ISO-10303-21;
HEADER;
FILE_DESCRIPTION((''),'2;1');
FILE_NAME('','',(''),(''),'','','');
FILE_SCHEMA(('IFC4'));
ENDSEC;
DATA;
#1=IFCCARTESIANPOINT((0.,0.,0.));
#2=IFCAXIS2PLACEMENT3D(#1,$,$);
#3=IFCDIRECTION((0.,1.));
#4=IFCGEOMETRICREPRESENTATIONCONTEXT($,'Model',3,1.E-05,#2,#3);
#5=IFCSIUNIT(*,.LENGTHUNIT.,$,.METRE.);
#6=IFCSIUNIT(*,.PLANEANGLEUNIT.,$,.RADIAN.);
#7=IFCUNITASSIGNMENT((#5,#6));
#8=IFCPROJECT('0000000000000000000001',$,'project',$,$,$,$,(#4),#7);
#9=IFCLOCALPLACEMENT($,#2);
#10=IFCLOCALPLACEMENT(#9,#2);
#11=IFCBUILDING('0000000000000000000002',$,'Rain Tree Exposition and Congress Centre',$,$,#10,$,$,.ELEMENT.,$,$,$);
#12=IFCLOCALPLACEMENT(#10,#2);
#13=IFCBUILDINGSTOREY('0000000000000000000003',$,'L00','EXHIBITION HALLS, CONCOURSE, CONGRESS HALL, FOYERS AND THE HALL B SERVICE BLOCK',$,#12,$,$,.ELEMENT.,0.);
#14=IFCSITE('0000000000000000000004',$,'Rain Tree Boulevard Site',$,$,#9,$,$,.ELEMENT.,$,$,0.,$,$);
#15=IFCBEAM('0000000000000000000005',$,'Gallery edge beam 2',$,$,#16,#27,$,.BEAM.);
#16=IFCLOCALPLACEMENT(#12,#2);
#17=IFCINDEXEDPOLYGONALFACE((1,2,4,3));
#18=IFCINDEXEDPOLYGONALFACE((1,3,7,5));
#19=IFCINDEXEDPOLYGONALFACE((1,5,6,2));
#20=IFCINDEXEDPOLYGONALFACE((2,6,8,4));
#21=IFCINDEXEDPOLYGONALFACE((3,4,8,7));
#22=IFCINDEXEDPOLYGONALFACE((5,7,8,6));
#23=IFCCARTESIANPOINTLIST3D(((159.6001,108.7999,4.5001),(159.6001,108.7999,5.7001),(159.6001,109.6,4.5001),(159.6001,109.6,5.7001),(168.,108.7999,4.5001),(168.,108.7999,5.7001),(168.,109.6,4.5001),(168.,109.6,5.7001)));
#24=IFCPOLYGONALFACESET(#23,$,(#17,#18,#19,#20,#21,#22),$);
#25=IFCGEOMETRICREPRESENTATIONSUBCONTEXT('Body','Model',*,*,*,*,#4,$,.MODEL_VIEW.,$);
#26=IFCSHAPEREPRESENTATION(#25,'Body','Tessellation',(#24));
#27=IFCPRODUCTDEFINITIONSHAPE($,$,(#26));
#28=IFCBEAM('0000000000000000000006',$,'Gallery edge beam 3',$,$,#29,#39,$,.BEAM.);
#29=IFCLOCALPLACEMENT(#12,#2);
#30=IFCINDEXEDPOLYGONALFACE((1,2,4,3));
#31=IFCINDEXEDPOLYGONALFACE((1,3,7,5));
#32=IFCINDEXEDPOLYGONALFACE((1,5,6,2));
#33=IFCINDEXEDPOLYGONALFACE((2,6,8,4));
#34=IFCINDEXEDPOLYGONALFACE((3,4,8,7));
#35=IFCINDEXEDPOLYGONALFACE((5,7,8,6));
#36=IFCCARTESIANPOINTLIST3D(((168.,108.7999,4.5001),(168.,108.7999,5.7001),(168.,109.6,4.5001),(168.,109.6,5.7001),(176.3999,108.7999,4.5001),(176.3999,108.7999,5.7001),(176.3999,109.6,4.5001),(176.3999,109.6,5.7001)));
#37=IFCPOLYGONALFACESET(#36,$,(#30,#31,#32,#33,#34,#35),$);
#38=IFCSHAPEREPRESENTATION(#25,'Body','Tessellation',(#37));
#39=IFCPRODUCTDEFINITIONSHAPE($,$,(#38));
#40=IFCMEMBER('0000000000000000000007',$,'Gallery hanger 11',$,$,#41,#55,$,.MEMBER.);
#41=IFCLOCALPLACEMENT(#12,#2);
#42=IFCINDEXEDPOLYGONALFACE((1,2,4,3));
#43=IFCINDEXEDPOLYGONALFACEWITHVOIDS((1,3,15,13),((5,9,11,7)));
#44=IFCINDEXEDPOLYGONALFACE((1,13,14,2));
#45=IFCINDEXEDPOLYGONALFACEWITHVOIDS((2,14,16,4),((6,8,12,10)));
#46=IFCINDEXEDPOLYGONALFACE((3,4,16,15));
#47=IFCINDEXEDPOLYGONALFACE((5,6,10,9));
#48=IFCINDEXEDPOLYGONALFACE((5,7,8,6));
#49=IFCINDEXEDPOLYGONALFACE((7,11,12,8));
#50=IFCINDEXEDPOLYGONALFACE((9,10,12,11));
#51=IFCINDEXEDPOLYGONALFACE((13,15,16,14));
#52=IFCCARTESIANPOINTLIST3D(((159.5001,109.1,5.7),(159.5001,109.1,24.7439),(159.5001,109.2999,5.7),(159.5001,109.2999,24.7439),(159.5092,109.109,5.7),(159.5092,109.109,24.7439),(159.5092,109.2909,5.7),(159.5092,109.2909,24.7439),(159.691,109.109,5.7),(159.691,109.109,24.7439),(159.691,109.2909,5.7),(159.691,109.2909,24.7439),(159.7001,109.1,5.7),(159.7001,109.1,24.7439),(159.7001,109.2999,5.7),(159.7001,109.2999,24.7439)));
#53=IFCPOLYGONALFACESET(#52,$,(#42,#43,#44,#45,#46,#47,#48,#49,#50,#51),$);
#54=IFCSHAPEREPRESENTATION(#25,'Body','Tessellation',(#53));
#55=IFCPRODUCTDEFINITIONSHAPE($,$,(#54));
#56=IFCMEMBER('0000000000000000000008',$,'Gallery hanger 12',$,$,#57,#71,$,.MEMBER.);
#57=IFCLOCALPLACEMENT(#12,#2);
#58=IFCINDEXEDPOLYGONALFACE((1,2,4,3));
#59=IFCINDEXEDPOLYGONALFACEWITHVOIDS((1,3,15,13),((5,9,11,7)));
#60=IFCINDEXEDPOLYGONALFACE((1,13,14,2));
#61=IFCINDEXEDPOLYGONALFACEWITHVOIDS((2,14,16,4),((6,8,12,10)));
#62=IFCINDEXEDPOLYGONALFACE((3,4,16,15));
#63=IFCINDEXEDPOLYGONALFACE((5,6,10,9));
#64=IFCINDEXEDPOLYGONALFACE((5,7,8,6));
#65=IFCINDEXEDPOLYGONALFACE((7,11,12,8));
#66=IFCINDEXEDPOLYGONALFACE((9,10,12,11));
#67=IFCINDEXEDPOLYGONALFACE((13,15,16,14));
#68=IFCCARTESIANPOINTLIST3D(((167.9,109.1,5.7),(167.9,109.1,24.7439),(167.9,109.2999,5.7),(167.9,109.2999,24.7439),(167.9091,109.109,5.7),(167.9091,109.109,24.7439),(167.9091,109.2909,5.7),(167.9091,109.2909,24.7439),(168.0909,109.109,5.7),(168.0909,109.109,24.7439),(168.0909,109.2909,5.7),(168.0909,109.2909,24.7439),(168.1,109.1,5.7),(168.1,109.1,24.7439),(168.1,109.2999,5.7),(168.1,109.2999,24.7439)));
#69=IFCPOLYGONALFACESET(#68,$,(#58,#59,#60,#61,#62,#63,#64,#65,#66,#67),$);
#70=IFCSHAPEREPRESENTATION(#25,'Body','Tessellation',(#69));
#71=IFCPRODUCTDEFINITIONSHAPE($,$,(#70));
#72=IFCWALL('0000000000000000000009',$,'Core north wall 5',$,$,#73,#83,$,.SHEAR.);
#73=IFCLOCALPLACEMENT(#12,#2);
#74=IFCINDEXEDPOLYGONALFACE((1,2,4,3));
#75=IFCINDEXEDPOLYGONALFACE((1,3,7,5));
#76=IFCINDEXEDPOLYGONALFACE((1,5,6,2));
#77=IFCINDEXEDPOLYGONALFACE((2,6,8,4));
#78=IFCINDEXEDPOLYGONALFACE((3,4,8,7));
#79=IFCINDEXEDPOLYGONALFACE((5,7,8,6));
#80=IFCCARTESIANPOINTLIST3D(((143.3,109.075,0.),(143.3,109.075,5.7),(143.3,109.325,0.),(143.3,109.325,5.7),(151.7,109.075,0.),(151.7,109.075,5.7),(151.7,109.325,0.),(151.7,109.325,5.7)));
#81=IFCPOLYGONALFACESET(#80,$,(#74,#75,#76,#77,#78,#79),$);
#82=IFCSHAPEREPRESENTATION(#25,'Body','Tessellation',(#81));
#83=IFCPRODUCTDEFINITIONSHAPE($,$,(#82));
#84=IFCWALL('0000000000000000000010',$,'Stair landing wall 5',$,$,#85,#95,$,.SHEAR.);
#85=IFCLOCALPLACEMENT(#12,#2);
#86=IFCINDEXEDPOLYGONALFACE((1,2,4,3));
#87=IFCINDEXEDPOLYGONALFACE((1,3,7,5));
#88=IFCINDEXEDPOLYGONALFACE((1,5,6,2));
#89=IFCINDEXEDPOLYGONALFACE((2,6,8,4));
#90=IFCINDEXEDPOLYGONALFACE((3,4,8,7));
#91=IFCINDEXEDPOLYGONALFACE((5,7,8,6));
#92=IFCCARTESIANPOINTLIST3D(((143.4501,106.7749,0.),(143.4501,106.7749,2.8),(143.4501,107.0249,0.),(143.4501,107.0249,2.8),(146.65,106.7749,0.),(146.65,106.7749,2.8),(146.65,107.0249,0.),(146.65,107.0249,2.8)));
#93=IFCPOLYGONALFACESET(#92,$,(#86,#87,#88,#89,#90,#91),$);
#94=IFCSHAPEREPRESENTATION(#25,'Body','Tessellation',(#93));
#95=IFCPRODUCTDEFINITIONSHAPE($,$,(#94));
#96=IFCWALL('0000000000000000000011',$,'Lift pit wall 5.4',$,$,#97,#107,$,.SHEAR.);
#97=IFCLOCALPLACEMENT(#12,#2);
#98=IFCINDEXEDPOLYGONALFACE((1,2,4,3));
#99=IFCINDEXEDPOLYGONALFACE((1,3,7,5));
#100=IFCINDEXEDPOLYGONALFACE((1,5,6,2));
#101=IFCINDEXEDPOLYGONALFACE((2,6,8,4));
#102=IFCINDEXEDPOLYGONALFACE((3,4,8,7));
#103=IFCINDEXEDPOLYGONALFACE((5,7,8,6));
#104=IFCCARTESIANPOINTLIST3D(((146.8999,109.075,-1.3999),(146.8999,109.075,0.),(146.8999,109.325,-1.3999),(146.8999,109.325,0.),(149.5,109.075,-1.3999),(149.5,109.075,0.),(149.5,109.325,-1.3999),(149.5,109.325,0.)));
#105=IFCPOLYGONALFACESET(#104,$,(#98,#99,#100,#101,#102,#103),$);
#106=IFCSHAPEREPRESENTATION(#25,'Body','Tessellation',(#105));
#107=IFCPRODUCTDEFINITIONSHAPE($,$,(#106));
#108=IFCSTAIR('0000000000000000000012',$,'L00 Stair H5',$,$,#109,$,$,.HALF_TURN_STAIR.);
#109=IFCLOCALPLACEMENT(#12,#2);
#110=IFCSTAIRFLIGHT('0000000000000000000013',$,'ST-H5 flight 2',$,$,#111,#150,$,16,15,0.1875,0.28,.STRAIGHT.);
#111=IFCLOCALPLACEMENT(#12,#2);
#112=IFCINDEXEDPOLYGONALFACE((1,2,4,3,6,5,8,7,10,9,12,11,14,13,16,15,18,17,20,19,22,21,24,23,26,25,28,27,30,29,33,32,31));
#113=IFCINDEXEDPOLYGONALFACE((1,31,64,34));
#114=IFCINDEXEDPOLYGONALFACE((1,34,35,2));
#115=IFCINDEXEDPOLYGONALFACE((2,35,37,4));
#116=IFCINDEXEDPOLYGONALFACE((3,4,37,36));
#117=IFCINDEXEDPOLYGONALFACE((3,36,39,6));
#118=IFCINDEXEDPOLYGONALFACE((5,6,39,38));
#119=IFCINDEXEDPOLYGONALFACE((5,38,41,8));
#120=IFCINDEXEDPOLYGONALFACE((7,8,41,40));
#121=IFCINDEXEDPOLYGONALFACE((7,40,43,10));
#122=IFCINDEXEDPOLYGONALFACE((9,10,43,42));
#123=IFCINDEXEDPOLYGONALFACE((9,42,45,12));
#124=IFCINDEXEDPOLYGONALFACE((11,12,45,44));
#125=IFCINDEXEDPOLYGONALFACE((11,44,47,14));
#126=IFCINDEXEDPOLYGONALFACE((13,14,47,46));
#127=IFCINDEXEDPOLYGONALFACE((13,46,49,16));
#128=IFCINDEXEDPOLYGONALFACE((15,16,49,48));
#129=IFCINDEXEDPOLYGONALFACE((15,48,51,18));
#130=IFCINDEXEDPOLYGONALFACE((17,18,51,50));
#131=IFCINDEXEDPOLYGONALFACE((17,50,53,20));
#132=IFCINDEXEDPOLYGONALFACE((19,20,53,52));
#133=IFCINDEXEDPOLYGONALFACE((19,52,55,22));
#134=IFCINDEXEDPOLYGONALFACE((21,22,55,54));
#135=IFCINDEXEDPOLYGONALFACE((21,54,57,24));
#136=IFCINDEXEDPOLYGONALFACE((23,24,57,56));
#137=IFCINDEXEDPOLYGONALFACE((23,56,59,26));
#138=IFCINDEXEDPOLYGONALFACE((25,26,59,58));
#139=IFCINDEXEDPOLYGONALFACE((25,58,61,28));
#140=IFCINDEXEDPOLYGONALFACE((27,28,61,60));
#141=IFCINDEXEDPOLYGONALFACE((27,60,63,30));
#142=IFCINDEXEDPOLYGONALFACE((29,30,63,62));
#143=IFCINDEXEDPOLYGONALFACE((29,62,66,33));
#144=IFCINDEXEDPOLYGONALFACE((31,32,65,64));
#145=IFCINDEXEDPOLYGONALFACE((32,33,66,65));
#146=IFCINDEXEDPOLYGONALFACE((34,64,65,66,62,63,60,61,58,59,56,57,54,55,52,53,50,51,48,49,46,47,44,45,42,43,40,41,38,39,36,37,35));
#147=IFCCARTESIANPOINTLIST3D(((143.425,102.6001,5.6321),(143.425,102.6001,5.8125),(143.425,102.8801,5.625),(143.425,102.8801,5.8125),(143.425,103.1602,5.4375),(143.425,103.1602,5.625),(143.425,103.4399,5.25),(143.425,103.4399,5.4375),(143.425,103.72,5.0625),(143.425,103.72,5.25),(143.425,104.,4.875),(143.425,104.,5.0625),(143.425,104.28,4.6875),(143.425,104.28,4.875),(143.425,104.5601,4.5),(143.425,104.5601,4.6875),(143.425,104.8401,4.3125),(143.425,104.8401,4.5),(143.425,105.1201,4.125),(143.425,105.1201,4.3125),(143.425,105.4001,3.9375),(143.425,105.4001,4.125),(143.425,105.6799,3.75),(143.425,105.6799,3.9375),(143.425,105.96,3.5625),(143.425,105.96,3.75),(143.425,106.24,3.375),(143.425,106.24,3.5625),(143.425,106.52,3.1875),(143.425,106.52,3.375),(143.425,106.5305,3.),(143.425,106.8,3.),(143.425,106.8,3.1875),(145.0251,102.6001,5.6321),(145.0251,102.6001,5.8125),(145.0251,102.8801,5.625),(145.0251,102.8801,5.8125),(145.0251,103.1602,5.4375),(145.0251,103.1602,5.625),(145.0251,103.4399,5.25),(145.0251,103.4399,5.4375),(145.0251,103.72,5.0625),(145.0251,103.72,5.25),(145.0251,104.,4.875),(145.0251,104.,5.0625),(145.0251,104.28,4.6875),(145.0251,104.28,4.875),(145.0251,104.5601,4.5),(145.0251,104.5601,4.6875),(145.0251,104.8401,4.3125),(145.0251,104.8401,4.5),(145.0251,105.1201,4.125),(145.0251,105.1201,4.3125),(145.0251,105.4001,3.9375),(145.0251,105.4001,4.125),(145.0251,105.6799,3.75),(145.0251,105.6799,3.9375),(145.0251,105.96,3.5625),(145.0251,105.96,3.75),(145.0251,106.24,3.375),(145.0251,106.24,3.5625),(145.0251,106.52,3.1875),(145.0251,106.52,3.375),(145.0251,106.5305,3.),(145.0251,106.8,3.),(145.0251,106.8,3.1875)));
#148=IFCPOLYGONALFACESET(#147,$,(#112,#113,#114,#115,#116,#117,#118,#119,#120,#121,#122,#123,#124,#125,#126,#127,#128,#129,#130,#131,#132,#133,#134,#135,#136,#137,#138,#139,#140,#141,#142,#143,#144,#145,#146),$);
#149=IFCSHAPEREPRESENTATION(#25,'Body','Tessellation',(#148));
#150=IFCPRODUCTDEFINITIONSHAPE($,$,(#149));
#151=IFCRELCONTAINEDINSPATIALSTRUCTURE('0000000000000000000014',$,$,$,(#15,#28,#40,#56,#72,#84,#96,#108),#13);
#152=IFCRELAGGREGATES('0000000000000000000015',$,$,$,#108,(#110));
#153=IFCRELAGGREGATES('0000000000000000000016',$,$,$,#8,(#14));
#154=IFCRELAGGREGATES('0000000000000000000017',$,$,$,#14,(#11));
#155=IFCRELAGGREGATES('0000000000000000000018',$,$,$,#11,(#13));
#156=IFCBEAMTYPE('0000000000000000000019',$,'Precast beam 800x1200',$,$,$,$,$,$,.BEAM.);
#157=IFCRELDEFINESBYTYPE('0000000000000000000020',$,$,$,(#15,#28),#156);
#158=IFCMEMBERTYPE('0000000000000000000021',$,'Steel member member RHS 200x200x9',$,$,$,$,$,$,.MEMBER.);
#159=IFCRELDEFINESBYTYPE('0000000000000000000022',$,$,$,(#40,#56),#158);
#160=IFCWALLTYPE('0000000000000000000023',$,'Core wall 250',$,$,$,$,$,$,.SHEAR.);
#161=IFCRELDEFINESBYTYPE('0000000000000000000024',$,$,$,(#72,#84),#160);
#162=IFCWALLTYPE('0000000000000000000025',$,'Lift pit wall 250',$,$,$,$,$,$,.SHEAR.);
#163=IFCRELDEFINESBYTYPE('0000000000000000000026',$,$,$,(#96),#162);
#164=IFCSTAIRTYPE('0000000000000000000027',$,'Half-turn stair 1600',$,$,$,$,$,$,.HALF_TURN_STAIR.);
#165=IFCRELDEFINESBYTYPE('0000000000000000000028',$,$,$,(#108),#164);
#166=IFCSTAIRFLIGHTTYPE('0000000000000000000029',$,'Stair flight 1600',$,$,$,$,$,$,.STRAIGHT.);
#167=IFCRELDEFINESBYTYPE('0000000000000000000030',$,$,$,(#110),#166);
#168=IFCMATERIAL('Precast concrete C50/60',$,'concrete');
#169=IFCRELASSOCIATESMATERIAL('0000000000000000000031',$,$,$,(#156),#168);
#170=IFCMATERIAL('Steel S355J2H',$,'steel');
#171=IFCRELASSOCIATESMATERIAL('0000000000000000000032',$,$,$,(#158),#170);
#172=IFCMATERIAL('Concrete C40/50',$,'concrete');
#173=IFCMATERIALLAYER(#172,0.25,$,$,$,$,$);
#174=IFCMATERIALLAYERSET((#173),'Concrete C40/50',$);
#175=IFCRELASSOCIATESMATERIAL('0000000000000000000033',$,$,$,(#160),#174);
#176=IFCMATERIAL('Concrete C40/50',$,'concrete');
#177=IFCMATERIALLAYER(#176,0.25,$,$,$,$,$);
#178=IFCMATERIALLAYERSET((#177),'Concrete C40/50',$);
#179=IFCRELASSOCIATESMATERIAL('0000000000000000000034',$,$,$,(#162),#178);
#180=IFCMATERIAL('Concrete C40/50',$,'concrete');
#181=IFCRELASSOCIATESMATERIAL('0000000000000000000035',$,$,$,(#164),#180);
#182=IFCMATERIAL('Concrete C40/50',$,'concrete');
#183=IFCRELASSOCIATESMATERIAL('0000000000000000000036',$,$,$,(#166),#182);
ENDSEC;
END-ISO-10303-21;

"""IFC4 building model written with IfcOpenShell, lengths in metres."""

from ifc_helpers import new_model, si_unit, direction, frame, frame_2d, origin, origin_2d, place, context, subcontext, project, spatial, polyline, rectangle, hollow_rectangle, outline, extrude, material, layer, layer_set, material_profile, profile_set, type_object, element, aggregate, save


model = new_model("IFC4")

# Units and contexts
model_context = context("Model", 3, precision=1e-05, world=origin(), true_north=direction((0.0, 1.0)))
body_context = subcontext(model_context, "Body", "Model", "MODEL_VIEW")
ifc_project = project(units=[si_unit("LENGTHUNIT", "METRE"), si_unit("PLANEANGLEUNIT", "RADIAN")], contexts=[model_context])

# Site, building, storey
site_placement = place(None, origin())
site = spatial("IfcSite", under=ifc_project, at=site_placement, Name="Rain Tree Boulevard Site", CompositionType="ELEMENT", RefElevation=0.0)
building_placement = place(site_placement, origin())
building = spatial("IfcBuilding", under=site, at=building_placement, Name="Rain Tree Exposition and Congress Centre", CompositionType="ELEMENT")
storey_placement = place(building_placement, origin())
storey = spatial("IfcBuildingStorey", under=building, at=storey_placement, Name="L00", Description="EXHIBITION HALLS, CONCOURSE, CONGRESS HALL, FOYERS AND THE HALL B SERVICE BLOCK", CompositionType="ELEMENT", Elevation=0.0)

# Beams
ifc_material_1 = material(Name="Precast concrete C50/60", Category="concrete")
ifc_material_profile_1 = material_profile(ifc_material_1, rectangle(XDim=0.8, YDim=1.2, at=origin_2d()), Name="RC 800x1200")
ifc_profile_set_1 = profile_set([ifc_material_profile_1], Name="Precast concrete C50/60")
beam_type = type_object("IfcBeamType", Name="Precast beam 800x1200", PredefinedType="BEAM", material=ifc_profile_set_1)
for number, where, z_axis, x_axis, name in (
    (1, (159.6001, 109.2, 5.1001), (1.0, 0.0, 0.0), (0.0, 1.0, 0.0), "Gallery edge beam 2"),
    (2, (168.0, 109.2, 5.1001), (1.0, 0.0, 0.0), (0.0, 1.0, 0.0), "Gallery edge beam 3"),
):
    element("IfcBeam", number, at=place(storey_placement, frame(where, z_axis=z_axis, x_axis=x_axis)), inside=storey, type_object=beam_type, Name=name, PredefinedType="BEAM", context=body_context, shape_type="SweptSolid", body=[
        extrude(rectangle(XDim=0.8, YDim=1.2, at=origin_2d()), origin(), (0.0, 0.0, 1.0), 8.3999),
    ])

# Members
ifc_material_2 = material(Name="Steel S355J2H", Category="steel")
ifc_material_profile_2 = material_profile(ifc_material_2, hollow_rectangle(XDim=0.2, YDim=0.2, WallThickness=0.009, at=origin_2d()), Name="RHS 200x200x9")
ifc_profile_set_2 = profile_set([ifc_material_profile_2], Name="Steel S355J2H")
member_type = type_object("IfcMemberType", Name="Steel member member RHS 200x200x9", PredefinedType="MEMBER", material=ifc_profile_set_2)
for number, where, z_axis, x_axis, name in (
    (3, (159.6001, 109.2, 5.7), (0.0, 0.0, 1.0), (1.0, 0.0, 0.0), "Gallery hanger 11"),
    (4, (168.0, 109.2, 5.7), (0.0, 0.0, 1.0), (1.0, 0.0, 0.0), "Gallery hanger 12"),
):
    element("IfcMember", number, at=place(storey_placement, frame(where, z_axis=z_axis, x_axis=x_axis)), inside=storey, type_object=member_type, Name=name, PredefinedType="MEMBER", context=body_context, shape_type="SweptSolid", body=[
        extrude(hollow_rectangle(XDim=0.2, YDim=0.2, WallThickness=0.009, at=origin_2d()), origin(), (0.0, 0.0, 1.0), 19.0439),
    ])

# Walls
ifc_material_3 = material(Name="Concrete C40/50", Category="concrete")
ifc_layer_1 = layer(ifc_material_3, 0.25)
ifc_layer_set_1 = layer_set([ifc_layer_1], Name="Concrete C40/50")
wall_type_1 = type_object("IfcWallType", Name="Core wall 250", PredefinedType="SHEAR", material=ifc_layer_set_1)
wall_1_placement = place(storey_placement, frame((143.3, 109.2, 0.0), z_axis=(0.0, 0.0, 1.0), x_axis=(1.0, 0.0, 0.0)))
element("IfcWall", 5, at=wall_1_placement, inside=storey, type_object=wall_type_1, Name="Core north wall 5", PredefinedType="SHEAR", context=body_context, shape_type="SweptSolid", body=[
    extrude(rectangle(XDim=8.3999, YDim=0.25, at=frame_2d((4.2, 0.0))), origin(), (0.0, 0.0, 1.0), 5.7),
])
wall_2_placement = place(storey_placement, frame((143.45, 106.8999, 0.0), z_axis=(0.0, 0.0, 1.0), x_axis=(1.0, 0.0, 0.0)))
element("IfcWall", 6, at=wall_2_placement, inside=storey, type_object=wall_type_1, Name="Stair landing wall 5", PredefinedType="SHEAR", context=body_context, shape_type="SweptSolid", body=[
    extrude(rectangle(XDim=3.2, YDim=0.25, at=frame_2d((1.6001, 0.0))), origin(), (0.0, 0.0, 1.0), 2.8),
])
ifc_material_4 = material(Name="Concrete C40/50", Category="concrete")
ifc_layer_2 = layer(ifc_material_4, 0.25)
ifc_layer_set_2 = layer_set([ifc_layer_2], Name="Concrete C40/50")
wall_type_2 = type_object("IfcWallType", Name="Lift pit wall 250", PredefinedType="SHEAR", material=ifc_layer_set_2)
wall_3_placement = place(storey_placement, frame((146.8999, 109.2, -1.3999), z_axis=(0.0, 0.0, 1.0), x_axis=(1.0, 0.0, 0.0)))
element("IfcWall", 7, at=wall_3_placement, inside=storey, type_object=wall_type_2, Name="Lift pit wall 5.4", PredefinedType="SHEAR", context=body_context, shape_type="SweptSolid", body=[
    extrude(rectangle(XDim=2.6001, YDim=0.25, at=frame_2d((1.3, 0.0))), origin(), (0.0, 0.0, 1.0), 1.3999),
])

# Stair, stair flight
ifc_material_5 = material(Name="Concrete C40/50", Category="concrete")
stair_type = type_object("IfcStairType", Name="Half-turn stair 1600", PredefinedType="HALF_TURN_STAIR", material=ifc_material_5)
stair_placement = place(storey_placement, origin())
stair = element("IfcStair", 8, at=stair_placement, inside=storey, type_object=stair_type, Name="L00 Stair H5", PredefinedType="HALF_TURN_STAIR")
ifc_material_6 = material(Name="Concrete C40/50", Category="concrete")
stair_flight_type = type_object("IfcStairFlightType", Name="Stair flight 1600", PredefinedType="STRAIGHT", material=ifc_material_6)
stair_flight_placement = place(storey_placement, frame((144.2251, 106.8, 3.0), z_axis=(0.0, 0.0, 1.0), x_axis=(0.0, -1.0, 0.0)))
stair_flight = element("IfcStairFlight", 9, at=stair_flight_placement, type_object=stair_flight_type, Name="ST-H5 flight 2", NumberOfRisers=16, NumberOfTreads=15, PredefinedType="STRAIGHT", RiserHeight=0.1875, TreadLength=0.28, context=body_context, shape_type="SweptSolid", body=[
    extrude(outline(polyline([(0.0, 0.0), (0.0, 0.1875), (0.28, 0.1875), (0.28, 0.375), (0.5601, 0.375), (0.5601, 0.5625), (0.8401, 0.5625), (0.8401, 0.75), (1.1201, 0.75), (1.1201, 0.9375), (1.3999, 0.9375), (1.3999, 1.125), (1.6799, 1.125), (1.6799, 1.3125), (1.96, 1.3125), (1.96, 1.5), (2.24, 1.5), (2.24, 1.6875), (2.52, 1.6875), (2.52, 1.875), (2.8, 1.875), (2.8, 2.0625), (3.0801, 2.0625), (3.0801, 2.25), (3.3601, 2.25), (3.3601, 2.4375), (3.6399, 2.4375), (3.6399, 2.625), (3.9199, 2.625), (3.9199, 2.8125), (4.2, 2.8125), (4.2, 3.0), (4.2, 2.6321), (0.2695, 0.0), (0.0, 0.0)])), frame((0.0, 0.8, 0.0), z_axis=(0.0, -1.0, 0.0), x_axis=(1.0, 0.0, 0.0)), (0.0, 0.0, 1.0), 1.6001),
])
aggregate(stair, [stair_flight])

save(model, "model.ifc")
